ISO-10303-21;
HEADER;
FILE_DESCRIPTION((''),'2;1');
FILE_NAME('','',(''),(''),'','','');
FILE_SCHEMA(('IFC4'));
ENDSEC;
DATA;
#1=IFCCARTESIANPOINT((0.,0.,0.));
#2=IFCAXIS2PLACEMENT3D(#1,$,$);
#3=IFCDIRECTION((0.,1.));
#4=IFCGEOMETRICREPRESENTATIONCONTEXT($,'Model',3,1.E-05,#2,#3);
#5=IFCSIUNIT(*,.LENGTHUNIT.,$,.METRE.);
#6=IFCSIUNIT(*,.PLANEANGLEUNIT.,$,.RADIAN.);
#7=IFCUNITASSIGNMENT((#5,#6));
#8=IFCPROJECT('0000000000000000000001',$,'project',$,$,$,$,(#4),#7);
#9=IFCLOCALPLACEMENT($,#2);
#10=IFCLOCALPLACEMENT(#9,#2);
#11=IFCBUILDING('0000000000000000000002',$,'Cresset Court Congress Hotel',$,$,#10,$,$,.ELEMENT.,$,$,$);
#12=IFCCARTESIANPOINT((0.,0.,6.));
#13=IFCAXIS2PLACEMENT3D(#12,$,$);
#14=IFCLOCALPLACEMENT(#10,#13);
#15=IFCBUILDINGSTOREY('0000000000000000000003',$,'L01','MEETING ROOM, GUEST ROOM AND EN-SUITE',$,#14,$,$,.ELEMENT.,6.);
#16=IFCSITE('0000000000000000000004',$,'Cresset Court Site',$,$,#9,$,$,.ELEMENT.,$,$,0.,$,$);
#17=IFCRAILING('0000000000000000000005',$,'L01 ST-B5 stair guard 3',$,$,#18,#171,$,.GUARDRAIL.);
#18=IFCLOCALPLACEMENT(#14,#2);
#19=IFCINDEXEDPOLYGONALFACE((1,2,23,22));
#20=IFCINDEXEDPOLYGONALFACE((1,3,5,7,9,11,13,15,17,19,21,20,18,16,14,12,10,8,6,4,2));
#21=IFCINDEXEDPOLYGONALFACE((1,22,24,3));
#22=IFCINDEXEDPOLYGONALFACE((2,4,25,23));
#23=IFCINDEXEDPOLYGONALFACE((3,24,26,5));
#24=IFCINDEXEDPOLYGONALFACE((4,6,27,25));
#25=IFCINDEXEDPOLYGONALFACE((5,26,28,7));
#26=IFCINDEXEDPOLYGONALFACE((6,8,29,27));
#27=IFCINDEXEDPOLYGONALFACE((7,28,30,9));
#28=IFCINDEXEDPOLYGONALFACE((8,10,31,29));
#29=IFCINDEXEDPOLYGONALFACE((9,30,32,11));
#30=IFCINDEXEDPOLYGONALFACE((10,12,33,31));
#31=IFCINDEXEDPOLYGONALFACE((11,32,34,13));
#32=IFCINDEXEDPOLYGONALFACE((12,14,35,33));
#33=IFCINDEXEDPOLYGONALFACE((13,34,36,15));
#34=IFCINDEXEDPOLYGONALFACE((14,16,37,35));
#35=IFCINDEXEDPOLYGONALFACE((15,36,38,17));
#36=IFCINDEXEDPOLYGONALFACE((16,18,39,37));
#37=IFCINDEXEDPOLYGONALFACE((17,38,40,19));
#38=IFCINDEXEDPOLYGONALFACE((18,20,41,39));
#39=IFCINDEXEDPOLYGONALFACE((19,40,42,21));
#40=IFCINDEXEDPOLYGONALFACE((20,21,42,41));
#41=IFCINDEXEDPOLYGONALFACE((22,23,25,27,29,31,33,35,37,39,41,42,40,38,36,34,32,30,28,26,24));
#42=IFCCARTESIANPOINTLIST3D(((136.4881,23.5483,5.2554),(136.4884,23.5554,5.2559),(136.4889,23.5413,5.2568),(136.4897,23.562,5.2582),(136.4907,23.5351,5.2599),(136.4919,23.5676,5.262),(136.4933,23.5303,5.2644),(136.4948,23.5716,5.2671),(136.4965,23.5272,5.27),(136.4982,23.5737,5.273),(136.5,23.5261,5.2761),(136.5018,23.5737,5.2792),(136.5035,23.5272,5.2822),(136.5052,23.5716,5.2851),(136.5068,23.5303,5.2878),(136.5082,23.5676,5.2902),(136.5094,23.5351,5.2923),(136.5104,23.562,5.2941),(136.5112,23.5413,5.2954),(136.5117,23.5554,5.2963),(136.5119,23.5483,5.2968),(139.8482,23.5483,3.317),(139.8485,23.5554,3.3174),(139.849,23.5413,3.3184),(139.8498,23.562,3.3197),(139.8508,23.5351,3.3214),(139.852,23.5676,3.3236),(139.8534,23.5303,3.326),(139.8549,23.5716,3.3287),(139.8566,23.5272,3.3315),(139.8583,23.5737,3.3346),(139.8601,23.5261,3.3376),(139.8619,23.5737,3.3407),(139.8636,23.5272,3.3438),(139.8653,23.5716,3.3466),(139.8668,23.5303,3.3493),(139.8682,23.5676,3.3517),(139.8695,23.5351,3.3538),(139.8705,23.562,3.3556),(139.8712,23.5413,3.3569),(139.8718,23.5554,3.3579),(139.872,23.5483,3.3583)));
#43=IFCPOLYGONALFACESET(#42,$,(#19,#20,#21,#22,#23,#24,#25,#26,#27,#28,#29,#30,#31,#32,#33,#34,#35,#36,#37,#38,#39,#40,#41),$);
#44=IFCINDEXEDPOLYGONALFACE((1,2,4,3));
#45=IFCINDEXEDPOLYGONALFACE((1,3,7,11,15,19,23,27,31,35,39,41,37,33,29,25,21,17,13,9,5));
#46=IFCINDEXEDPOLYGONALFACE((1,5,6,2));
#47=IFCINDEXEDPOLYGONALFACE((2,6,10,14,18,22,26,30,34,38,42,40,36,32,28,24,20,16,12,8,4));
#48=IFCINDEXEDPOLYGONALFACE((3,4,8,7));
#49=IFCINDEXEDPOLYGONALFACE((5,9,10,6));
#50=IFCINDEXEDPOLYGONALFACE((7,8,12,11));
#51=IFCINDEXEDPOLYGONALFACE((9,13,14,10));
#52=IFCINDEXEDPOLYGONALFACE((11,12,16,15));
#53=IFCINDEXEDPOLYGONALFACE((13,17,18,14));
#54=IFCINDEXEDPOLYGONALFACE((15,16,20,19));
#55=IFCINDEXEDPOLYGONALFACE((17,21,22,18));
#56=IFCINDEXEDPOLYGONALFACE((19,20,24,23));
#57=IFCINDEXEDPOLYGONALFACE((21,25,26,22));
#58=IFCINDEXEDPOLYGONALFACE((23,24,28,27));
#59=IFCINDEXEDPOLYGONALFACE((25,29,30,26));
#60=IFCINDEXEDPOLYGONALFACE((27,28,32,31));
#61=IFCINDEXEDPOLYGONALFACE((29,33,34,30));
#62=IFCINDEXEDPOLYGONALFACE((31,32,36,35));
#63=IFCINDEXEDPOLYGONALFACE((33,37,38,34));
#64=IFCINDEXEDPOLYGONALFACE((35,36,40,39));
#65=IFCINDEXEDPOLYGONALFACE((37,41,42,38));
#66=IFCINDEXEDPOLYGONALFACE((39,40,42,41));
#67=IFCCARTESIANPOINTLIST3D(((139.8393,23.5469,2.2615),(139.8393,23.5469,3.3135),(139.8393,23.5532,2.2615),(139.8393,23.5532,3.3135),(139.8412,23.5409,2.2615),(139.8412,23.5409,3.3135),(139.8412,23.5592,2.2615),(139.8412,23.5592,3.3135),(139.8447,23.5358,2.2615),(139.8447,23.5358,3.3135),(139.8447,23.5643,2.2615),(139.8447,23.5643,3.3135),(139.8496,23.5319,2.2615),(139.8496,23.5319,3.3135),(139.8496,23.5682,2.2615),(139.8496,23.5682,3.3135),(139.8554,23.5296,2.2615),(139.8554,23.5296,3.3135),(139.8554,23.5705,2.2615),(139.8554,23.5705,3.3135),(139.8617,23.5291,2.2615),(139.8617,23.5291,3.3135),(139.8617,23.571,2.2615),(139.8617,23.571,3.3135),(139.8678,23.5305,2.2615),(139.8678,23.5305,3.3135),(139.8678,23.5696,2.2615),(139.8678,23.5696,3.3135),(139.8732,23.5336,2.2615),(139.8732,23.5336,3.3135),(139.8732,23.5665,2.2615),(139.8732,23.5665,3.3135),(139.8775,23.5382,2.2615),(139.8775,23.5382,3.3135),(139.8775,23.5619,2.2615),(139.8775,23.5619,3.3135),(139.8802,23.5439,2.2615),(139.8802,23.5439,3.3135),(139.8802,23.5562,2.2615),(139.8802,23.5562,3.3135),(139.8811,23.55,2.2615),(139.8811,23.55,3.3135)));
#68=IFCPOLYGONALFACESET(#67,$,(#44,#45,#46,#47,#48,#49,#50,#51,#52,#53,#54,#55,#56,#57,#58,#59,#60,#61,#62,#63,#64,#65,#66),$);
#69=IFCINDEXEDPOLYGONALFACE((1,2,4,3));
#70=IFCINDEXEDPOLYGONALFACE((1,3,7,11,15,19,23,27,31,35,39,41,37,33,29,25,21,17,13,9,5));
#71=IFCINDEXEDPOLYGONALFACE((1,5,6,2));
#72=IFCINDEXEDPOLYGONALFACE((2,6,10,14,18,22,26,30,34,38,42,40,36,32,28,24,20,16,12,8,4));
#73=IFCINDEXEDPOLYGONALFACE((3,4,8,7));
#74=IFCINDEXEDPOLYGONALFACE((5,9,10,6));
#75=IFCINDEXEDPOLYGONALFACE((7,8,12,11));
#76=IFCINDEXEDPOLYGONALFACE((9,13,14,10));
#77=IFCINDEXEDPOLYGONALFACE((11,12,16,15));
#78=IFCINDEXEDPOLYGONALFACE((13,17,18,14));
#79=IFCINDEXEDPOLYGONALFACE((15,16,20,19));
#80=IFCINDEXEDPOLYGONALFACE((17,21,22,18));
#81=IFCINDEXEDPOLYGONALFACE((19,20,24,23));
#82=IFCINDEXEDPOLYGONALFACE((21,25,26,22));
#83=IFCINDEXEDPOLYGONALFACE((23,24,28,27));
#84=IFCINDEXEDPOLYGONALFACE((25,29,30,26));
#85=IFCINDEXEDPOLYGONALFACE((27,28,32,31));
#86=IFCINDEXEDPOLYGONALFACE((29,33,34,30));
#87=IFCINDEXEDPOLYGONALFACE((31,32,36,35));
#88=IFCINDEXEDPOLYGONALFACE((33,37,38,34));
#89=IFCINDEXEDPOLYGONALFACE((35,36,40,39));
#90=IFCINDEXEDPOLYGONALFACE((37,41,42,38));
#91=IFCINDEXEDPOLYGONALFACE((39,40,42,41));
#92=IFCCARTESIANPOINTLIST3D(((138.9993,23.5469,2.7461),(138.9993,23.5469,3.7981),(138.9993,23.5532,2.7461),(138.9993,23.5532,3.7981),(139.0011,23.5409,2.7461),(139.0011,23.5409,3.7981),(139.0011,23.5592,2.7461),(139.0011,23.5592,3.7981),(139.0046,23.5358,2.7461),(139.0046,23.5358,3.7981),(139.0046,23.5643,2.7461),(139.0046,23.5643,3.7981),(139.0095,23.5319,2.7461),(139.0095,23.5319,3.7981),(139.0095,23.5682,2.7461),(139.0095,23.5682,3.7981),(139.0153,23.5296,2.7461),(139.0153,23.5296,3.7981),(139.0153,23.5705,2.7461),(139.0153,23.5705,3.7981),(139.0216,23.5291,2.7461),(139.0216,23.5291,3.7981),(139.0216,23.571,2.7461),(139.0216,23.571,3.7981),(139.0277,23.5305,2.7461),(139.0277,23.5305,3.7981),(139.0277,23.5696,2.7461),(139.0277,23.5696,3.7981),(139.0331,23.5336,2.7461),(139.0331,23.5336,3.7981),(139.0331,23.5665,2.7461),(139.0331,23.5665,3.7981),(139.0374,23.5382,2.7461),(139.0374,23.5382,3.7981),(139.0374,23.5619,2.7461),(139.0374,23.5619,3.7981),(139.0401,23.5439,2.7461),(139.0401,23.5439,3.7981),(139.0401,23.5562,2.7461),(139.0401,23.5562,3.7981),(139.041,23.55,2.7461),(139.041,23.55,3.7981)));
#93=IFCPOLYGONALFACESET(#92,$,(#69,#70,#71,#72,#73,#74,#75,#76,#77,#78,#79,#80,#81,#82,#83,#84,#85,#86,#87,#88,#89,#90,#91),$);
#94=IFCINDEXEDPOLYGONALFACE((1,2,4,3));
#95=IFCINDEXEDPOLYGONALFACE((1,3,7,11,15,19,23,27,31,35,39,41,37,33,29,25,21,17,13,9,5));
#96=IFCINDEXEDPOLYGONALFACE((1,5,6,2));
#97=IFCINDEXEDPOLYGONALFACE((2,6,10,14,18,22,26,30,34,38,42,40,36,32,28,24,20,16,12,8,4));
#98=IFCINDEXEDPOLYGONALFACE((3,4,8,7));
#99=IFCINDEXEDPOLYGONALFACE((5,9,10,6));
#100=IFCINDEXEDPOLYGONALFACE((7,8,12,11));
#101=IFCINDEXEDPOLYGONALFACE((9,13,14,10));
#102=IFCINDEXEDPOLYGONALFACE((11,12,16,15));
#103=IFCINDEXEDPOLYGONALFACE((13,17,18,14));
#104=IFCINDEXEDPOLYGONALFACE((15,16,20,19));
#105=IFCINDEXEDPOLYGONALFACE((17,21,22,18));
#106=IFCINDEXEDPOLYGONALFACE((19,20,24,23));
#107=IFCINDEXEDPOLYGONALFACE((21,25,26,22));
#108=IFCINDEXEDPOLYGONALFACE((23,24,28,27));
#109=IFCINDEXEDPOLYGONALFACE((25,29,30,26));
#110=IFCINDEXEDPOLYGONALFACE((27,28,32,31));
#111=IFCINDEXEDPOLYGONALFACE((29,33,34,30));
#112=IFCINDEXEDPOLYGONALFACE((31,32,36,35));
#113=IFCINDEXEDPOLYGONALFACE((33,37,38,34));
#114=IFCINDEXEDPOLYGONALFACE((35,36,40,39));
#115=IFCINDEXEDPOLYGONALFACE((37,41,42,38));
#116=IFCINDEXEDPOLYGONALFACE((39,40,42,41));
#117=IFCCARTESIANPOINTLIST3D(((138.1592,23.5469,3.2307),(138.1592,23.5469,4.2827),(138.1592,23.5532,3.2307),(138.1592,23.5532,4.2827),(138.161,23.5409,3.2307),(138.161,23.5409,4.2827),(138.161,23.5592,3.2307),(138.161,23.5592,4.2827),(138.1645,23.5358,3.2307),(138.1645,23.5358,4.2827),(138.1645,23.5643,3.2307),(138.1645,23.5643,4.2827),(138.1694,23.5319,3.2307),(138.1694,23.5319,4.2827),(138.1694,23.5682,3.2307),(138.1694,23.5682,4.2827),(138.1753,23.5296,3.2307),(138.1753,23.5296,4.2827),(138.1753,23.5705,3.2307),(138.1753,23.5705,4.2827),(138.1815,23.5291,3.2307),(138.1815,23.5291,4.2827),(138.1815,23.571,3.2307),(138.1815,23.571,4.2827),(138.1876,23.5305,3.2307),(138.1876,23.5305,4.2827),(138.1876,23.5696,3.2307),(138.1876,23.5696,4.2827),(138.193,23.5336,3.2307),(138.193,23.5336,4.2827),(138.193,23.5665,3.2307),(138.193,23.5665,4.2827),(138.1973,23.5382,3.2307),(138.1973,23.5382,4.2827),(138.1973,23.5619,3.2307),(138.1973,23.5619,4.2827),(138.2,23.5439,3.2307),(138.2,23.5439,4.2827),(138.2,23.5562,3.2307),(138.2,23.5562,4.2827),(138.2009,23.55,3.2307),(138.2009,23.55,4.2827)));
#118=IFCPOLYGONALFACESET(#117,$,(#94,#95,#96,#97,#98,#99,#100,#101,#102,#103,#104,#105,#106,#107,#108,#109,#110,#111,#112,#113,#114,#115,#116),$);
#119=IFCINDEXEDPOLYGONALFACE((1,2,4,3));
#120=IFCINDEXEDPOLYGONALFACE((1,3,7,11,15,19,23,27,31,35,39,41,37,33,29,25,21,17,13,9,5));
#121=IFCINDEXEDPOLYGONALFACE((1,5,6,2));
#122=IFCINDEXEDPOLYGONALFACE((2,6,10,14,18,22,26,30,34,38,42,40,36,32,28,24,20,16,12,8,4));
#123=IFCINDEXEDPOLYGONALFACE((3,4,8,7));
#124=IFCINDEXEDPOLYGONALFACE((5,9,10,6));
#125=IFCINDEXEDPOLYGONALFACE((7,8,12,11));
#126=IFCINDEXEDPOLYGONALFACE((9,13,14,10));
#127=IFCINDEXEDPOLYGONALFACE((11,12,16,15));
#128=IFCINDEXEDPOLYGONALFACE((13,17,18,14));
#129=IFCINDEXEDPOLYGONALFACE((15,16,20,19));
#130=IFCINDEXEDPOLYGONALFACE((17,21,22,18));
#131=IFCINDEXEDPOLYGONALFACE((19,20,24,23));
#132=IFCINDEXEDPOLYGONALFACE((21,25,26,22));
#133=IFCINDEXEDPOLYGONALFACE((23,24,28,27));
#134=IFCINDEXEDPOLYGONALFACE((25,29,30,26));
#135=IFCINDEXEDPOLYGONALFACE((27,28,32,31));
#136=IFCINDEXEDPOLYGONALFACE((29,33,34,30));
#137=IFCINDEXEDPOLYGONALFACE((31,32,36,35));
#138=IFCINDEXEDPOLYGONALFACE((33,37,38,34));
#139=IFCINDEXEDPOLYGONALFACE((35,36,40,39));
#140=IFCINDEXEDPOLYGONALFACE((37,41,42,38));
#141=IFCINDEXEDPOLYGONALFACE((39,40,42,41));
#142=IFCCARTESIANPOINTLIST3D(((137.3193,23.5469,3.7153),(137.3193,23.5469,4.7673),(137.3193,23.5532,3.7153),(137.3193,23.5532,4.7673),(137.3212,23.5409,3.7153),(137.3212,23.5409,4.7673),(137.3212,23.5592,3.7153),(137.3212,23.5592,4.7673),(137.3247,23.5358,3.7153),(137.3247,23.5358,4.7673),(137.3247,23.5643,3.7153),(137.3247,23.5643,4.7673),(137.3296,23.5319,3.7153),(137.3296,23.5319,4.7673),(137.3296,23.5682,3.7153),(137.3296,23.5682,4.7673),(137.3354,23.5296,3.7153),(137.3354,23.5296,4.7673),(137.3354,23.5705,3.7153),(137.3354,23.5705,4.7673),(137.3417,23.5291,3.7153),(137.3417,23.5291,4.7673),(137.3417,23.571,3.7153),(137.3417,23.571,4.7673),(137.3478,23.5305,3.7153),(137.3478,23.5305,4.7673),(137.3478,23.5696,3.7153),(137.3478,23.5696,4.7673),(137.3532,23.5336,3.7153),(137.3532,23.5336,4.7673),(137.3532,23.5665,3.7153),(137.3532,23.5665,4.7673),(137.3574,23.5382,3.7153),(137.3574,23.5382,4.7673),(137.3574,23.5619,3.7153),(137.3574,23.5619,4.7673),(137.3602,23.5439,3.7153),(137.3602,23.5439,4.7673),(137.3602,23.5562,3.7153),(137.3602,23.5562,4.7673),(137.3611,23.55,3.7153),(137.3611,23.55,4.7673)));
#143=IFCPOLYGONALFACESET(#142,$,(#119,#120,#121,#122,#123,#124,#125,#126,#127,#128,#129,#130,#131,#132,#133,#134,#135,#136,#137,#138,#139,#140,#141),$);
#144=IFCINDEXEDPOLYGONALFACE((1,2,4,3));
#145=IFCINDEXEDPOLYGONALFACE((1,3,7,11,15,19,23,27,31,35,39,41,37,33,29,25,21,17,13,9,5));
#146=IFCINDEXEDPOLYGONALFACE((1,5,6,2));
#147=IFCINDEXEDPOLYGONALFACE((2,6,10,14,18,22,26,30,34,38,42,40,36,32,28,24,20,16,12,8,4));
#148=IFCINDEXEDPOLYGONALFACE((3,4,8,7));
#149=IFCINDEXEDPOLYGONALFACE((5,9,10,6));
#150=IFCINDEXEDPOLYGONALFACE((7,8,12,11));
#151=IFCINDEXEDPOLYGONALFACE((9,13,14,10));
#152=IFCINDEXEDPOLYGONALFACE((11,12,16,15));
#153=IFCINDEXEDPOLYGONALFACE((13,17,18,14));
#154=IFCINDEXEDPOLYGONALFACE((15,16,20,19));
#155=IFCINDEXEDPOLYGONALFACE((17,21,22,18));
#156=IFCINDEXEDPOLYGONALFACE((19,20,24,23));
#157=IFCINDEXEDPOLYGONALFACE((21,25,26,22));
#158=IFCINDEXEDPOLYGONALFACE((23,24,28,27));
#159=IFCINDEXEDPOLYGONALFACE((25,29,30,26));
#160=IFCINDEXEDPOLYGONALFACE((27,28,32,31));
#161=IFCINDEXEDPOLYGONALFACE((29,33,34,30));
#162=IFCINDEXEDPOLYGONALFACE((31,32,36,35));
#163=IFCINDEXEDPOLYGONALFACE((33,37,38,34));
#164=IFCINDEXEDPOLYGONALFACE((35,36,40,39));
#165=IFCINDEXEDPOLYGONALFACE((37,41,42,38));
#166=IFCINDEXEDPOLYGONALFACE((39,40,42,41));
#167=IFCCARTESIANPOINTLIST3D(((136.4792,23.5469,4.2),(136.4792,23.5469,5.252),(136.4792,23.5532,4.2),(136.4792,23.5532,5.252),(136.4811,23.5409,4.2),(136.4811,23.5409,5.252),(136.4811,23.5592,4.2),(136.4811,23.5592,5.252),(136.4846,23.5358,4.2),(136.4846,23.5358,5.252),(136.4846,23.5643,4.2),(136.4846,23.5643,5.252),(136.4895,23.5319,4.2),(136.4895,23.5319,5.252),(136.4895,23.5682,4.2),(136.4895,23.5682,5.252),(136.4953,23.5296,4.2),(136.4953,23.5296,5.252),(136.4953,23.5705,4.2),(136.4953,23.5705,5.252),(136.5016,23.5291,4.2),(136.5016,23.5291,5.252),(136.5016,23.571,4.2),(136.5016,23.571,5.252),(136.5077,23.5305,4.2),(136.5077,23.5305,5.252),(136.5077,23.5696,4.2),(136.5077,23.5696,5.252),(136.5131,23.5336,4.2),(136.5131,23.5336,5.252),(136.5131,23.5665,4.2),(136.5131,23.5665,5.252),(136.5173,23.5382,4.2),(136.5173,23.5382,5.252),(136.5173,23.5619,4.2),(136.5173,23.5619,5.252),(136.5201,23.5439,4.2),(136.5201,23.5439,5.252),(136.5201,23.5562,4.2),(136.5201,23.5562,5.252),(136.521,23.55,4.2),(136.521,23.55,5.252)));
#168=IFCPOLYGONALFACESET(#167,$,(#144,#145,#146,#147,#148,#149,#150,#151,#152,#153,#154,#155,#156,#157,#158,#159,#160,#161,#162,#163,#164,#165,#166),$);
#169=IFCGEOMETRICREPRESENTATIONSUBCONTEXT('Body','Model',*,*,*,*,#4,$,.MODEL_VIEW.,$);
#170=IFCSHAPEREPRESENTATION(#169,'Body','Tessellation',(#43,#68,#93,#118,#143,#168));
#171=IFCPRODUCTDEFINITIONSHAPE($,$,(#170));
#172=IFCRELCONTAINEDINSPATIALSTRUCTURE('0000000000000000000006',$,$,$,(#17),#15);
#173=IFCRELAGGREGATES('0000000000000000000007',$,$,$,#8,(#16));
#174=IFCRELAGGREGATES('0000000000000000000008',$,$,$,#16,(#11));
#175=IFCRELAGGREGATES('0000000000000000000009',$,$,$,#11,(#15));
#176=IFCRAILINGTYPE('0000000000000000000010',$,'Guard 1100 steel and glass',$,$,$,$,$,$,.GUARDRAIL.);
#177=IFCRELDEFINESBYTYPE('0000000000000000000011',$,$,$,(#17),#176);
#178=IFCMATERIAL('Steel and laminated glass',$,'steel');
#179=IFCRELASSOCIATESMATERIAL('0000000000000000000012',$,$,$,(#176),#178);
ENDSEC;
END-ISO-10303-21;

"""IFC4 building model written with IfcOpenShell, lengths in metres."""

from ifc_helpers import new_model, si_unit, direction, frame, origin, origin_2d, place, context, subcontext, project, spatial, circle, extrude, material, type_object, element, save


model = new_model("IFC4")

# Units and contexts
model_context = context("Model", 3, precision=1e-05, world=origin(), true_north=direction((0.0, 1.0)))
body_context = subcontext(model_context, "Body", "Model", "MODEL_VIEW")
ifc_project = project(units=[si_unit("LENGTHUNIT", "METRE"), si_unit("PLANEANGLEUNIT", "RADIAN")], contexts=[model_context])

# Site, building, storey
site_placement = place(None, origin())
site = spatial("IfcSite", under=ifc_project, at=site_placement, Name="Cresset Court Site", CompositionType="ELEMENT", RefElevation=0.0)
building_placement = place(site_placement, origin())
building = spatial("IfcBuilding", under=site, at=building_placement, Name="Cresset Court Congress Hotel", CompositionType="ELEMENT")
storey_placement = place(building_placement, frame((0.0, 0.0, 6.0)))
storey = spatial("IfcBuildingStorey", under=building, at=storey_placement, Name="L01", Description="MEETING ROOM, GUEST ROOM AND EN-SUITE", CompositionType="ELEMENT", Elevation=6.0)

# Railing
ifc_material_1 = material(Name="Steel and laminated glass", Category="steel")
railing_type_1 = type_object("IfcRailingType", Name="Guard 1100 steel and glass", PredefinedType="GUARDRAIL", material=ifc_material_1)
railing_1_placement = place(storey_placement, frame((139.8601, 23.55, 2.2615)))
element("IfcRailing", 1, at=railing_1_placement, inside=storey, type_object=railing_type_1, Name="L01 ST-B5 stair guard 3", PredefinedType="GUARDRAIL", context=body_context, shape_type="SweptSolid", body=[
    extrude(circle(Radius=0.0239, at=origin_2d()), frame((0.0, 0.0, 1.0762), z_axis=(-0.866191, 0.0, 0.499713), x_axis=(0.0, -1.0, 0.0)), (0.0, 0.0, 1.0), 3.8792),
    extrude(circle(Radius=0.021, at=origin_2d()), origin(), (0.0, 0.0, 1.0), 1.052),
    extrude(circle(Radius=0.021, at=origin_2d()), frame((-0.8401, 0.0, 0.4846)), (0.0, 0.0, 1.0), 1.052),
    extrude(circle(Radius=0.021, at=origin_2d()), frame((-1.6802, 0.0, 0.9692)), (0.0, 0.0, 1.0), 1.052),
    extrude(circle(Radius=0.021, at=origin_2d()), frame((-2.52, 0.0, 1.4539)), (0.0, 0.0, 1.0), 1.052),
    extrude(circle(Radius=0.021, at=origin_2d()), frame((-3.3601, 0.0, 1.9385)), (0.0, 0.0, 1.0), 1.052),
])

save(model, "model.ifc")
